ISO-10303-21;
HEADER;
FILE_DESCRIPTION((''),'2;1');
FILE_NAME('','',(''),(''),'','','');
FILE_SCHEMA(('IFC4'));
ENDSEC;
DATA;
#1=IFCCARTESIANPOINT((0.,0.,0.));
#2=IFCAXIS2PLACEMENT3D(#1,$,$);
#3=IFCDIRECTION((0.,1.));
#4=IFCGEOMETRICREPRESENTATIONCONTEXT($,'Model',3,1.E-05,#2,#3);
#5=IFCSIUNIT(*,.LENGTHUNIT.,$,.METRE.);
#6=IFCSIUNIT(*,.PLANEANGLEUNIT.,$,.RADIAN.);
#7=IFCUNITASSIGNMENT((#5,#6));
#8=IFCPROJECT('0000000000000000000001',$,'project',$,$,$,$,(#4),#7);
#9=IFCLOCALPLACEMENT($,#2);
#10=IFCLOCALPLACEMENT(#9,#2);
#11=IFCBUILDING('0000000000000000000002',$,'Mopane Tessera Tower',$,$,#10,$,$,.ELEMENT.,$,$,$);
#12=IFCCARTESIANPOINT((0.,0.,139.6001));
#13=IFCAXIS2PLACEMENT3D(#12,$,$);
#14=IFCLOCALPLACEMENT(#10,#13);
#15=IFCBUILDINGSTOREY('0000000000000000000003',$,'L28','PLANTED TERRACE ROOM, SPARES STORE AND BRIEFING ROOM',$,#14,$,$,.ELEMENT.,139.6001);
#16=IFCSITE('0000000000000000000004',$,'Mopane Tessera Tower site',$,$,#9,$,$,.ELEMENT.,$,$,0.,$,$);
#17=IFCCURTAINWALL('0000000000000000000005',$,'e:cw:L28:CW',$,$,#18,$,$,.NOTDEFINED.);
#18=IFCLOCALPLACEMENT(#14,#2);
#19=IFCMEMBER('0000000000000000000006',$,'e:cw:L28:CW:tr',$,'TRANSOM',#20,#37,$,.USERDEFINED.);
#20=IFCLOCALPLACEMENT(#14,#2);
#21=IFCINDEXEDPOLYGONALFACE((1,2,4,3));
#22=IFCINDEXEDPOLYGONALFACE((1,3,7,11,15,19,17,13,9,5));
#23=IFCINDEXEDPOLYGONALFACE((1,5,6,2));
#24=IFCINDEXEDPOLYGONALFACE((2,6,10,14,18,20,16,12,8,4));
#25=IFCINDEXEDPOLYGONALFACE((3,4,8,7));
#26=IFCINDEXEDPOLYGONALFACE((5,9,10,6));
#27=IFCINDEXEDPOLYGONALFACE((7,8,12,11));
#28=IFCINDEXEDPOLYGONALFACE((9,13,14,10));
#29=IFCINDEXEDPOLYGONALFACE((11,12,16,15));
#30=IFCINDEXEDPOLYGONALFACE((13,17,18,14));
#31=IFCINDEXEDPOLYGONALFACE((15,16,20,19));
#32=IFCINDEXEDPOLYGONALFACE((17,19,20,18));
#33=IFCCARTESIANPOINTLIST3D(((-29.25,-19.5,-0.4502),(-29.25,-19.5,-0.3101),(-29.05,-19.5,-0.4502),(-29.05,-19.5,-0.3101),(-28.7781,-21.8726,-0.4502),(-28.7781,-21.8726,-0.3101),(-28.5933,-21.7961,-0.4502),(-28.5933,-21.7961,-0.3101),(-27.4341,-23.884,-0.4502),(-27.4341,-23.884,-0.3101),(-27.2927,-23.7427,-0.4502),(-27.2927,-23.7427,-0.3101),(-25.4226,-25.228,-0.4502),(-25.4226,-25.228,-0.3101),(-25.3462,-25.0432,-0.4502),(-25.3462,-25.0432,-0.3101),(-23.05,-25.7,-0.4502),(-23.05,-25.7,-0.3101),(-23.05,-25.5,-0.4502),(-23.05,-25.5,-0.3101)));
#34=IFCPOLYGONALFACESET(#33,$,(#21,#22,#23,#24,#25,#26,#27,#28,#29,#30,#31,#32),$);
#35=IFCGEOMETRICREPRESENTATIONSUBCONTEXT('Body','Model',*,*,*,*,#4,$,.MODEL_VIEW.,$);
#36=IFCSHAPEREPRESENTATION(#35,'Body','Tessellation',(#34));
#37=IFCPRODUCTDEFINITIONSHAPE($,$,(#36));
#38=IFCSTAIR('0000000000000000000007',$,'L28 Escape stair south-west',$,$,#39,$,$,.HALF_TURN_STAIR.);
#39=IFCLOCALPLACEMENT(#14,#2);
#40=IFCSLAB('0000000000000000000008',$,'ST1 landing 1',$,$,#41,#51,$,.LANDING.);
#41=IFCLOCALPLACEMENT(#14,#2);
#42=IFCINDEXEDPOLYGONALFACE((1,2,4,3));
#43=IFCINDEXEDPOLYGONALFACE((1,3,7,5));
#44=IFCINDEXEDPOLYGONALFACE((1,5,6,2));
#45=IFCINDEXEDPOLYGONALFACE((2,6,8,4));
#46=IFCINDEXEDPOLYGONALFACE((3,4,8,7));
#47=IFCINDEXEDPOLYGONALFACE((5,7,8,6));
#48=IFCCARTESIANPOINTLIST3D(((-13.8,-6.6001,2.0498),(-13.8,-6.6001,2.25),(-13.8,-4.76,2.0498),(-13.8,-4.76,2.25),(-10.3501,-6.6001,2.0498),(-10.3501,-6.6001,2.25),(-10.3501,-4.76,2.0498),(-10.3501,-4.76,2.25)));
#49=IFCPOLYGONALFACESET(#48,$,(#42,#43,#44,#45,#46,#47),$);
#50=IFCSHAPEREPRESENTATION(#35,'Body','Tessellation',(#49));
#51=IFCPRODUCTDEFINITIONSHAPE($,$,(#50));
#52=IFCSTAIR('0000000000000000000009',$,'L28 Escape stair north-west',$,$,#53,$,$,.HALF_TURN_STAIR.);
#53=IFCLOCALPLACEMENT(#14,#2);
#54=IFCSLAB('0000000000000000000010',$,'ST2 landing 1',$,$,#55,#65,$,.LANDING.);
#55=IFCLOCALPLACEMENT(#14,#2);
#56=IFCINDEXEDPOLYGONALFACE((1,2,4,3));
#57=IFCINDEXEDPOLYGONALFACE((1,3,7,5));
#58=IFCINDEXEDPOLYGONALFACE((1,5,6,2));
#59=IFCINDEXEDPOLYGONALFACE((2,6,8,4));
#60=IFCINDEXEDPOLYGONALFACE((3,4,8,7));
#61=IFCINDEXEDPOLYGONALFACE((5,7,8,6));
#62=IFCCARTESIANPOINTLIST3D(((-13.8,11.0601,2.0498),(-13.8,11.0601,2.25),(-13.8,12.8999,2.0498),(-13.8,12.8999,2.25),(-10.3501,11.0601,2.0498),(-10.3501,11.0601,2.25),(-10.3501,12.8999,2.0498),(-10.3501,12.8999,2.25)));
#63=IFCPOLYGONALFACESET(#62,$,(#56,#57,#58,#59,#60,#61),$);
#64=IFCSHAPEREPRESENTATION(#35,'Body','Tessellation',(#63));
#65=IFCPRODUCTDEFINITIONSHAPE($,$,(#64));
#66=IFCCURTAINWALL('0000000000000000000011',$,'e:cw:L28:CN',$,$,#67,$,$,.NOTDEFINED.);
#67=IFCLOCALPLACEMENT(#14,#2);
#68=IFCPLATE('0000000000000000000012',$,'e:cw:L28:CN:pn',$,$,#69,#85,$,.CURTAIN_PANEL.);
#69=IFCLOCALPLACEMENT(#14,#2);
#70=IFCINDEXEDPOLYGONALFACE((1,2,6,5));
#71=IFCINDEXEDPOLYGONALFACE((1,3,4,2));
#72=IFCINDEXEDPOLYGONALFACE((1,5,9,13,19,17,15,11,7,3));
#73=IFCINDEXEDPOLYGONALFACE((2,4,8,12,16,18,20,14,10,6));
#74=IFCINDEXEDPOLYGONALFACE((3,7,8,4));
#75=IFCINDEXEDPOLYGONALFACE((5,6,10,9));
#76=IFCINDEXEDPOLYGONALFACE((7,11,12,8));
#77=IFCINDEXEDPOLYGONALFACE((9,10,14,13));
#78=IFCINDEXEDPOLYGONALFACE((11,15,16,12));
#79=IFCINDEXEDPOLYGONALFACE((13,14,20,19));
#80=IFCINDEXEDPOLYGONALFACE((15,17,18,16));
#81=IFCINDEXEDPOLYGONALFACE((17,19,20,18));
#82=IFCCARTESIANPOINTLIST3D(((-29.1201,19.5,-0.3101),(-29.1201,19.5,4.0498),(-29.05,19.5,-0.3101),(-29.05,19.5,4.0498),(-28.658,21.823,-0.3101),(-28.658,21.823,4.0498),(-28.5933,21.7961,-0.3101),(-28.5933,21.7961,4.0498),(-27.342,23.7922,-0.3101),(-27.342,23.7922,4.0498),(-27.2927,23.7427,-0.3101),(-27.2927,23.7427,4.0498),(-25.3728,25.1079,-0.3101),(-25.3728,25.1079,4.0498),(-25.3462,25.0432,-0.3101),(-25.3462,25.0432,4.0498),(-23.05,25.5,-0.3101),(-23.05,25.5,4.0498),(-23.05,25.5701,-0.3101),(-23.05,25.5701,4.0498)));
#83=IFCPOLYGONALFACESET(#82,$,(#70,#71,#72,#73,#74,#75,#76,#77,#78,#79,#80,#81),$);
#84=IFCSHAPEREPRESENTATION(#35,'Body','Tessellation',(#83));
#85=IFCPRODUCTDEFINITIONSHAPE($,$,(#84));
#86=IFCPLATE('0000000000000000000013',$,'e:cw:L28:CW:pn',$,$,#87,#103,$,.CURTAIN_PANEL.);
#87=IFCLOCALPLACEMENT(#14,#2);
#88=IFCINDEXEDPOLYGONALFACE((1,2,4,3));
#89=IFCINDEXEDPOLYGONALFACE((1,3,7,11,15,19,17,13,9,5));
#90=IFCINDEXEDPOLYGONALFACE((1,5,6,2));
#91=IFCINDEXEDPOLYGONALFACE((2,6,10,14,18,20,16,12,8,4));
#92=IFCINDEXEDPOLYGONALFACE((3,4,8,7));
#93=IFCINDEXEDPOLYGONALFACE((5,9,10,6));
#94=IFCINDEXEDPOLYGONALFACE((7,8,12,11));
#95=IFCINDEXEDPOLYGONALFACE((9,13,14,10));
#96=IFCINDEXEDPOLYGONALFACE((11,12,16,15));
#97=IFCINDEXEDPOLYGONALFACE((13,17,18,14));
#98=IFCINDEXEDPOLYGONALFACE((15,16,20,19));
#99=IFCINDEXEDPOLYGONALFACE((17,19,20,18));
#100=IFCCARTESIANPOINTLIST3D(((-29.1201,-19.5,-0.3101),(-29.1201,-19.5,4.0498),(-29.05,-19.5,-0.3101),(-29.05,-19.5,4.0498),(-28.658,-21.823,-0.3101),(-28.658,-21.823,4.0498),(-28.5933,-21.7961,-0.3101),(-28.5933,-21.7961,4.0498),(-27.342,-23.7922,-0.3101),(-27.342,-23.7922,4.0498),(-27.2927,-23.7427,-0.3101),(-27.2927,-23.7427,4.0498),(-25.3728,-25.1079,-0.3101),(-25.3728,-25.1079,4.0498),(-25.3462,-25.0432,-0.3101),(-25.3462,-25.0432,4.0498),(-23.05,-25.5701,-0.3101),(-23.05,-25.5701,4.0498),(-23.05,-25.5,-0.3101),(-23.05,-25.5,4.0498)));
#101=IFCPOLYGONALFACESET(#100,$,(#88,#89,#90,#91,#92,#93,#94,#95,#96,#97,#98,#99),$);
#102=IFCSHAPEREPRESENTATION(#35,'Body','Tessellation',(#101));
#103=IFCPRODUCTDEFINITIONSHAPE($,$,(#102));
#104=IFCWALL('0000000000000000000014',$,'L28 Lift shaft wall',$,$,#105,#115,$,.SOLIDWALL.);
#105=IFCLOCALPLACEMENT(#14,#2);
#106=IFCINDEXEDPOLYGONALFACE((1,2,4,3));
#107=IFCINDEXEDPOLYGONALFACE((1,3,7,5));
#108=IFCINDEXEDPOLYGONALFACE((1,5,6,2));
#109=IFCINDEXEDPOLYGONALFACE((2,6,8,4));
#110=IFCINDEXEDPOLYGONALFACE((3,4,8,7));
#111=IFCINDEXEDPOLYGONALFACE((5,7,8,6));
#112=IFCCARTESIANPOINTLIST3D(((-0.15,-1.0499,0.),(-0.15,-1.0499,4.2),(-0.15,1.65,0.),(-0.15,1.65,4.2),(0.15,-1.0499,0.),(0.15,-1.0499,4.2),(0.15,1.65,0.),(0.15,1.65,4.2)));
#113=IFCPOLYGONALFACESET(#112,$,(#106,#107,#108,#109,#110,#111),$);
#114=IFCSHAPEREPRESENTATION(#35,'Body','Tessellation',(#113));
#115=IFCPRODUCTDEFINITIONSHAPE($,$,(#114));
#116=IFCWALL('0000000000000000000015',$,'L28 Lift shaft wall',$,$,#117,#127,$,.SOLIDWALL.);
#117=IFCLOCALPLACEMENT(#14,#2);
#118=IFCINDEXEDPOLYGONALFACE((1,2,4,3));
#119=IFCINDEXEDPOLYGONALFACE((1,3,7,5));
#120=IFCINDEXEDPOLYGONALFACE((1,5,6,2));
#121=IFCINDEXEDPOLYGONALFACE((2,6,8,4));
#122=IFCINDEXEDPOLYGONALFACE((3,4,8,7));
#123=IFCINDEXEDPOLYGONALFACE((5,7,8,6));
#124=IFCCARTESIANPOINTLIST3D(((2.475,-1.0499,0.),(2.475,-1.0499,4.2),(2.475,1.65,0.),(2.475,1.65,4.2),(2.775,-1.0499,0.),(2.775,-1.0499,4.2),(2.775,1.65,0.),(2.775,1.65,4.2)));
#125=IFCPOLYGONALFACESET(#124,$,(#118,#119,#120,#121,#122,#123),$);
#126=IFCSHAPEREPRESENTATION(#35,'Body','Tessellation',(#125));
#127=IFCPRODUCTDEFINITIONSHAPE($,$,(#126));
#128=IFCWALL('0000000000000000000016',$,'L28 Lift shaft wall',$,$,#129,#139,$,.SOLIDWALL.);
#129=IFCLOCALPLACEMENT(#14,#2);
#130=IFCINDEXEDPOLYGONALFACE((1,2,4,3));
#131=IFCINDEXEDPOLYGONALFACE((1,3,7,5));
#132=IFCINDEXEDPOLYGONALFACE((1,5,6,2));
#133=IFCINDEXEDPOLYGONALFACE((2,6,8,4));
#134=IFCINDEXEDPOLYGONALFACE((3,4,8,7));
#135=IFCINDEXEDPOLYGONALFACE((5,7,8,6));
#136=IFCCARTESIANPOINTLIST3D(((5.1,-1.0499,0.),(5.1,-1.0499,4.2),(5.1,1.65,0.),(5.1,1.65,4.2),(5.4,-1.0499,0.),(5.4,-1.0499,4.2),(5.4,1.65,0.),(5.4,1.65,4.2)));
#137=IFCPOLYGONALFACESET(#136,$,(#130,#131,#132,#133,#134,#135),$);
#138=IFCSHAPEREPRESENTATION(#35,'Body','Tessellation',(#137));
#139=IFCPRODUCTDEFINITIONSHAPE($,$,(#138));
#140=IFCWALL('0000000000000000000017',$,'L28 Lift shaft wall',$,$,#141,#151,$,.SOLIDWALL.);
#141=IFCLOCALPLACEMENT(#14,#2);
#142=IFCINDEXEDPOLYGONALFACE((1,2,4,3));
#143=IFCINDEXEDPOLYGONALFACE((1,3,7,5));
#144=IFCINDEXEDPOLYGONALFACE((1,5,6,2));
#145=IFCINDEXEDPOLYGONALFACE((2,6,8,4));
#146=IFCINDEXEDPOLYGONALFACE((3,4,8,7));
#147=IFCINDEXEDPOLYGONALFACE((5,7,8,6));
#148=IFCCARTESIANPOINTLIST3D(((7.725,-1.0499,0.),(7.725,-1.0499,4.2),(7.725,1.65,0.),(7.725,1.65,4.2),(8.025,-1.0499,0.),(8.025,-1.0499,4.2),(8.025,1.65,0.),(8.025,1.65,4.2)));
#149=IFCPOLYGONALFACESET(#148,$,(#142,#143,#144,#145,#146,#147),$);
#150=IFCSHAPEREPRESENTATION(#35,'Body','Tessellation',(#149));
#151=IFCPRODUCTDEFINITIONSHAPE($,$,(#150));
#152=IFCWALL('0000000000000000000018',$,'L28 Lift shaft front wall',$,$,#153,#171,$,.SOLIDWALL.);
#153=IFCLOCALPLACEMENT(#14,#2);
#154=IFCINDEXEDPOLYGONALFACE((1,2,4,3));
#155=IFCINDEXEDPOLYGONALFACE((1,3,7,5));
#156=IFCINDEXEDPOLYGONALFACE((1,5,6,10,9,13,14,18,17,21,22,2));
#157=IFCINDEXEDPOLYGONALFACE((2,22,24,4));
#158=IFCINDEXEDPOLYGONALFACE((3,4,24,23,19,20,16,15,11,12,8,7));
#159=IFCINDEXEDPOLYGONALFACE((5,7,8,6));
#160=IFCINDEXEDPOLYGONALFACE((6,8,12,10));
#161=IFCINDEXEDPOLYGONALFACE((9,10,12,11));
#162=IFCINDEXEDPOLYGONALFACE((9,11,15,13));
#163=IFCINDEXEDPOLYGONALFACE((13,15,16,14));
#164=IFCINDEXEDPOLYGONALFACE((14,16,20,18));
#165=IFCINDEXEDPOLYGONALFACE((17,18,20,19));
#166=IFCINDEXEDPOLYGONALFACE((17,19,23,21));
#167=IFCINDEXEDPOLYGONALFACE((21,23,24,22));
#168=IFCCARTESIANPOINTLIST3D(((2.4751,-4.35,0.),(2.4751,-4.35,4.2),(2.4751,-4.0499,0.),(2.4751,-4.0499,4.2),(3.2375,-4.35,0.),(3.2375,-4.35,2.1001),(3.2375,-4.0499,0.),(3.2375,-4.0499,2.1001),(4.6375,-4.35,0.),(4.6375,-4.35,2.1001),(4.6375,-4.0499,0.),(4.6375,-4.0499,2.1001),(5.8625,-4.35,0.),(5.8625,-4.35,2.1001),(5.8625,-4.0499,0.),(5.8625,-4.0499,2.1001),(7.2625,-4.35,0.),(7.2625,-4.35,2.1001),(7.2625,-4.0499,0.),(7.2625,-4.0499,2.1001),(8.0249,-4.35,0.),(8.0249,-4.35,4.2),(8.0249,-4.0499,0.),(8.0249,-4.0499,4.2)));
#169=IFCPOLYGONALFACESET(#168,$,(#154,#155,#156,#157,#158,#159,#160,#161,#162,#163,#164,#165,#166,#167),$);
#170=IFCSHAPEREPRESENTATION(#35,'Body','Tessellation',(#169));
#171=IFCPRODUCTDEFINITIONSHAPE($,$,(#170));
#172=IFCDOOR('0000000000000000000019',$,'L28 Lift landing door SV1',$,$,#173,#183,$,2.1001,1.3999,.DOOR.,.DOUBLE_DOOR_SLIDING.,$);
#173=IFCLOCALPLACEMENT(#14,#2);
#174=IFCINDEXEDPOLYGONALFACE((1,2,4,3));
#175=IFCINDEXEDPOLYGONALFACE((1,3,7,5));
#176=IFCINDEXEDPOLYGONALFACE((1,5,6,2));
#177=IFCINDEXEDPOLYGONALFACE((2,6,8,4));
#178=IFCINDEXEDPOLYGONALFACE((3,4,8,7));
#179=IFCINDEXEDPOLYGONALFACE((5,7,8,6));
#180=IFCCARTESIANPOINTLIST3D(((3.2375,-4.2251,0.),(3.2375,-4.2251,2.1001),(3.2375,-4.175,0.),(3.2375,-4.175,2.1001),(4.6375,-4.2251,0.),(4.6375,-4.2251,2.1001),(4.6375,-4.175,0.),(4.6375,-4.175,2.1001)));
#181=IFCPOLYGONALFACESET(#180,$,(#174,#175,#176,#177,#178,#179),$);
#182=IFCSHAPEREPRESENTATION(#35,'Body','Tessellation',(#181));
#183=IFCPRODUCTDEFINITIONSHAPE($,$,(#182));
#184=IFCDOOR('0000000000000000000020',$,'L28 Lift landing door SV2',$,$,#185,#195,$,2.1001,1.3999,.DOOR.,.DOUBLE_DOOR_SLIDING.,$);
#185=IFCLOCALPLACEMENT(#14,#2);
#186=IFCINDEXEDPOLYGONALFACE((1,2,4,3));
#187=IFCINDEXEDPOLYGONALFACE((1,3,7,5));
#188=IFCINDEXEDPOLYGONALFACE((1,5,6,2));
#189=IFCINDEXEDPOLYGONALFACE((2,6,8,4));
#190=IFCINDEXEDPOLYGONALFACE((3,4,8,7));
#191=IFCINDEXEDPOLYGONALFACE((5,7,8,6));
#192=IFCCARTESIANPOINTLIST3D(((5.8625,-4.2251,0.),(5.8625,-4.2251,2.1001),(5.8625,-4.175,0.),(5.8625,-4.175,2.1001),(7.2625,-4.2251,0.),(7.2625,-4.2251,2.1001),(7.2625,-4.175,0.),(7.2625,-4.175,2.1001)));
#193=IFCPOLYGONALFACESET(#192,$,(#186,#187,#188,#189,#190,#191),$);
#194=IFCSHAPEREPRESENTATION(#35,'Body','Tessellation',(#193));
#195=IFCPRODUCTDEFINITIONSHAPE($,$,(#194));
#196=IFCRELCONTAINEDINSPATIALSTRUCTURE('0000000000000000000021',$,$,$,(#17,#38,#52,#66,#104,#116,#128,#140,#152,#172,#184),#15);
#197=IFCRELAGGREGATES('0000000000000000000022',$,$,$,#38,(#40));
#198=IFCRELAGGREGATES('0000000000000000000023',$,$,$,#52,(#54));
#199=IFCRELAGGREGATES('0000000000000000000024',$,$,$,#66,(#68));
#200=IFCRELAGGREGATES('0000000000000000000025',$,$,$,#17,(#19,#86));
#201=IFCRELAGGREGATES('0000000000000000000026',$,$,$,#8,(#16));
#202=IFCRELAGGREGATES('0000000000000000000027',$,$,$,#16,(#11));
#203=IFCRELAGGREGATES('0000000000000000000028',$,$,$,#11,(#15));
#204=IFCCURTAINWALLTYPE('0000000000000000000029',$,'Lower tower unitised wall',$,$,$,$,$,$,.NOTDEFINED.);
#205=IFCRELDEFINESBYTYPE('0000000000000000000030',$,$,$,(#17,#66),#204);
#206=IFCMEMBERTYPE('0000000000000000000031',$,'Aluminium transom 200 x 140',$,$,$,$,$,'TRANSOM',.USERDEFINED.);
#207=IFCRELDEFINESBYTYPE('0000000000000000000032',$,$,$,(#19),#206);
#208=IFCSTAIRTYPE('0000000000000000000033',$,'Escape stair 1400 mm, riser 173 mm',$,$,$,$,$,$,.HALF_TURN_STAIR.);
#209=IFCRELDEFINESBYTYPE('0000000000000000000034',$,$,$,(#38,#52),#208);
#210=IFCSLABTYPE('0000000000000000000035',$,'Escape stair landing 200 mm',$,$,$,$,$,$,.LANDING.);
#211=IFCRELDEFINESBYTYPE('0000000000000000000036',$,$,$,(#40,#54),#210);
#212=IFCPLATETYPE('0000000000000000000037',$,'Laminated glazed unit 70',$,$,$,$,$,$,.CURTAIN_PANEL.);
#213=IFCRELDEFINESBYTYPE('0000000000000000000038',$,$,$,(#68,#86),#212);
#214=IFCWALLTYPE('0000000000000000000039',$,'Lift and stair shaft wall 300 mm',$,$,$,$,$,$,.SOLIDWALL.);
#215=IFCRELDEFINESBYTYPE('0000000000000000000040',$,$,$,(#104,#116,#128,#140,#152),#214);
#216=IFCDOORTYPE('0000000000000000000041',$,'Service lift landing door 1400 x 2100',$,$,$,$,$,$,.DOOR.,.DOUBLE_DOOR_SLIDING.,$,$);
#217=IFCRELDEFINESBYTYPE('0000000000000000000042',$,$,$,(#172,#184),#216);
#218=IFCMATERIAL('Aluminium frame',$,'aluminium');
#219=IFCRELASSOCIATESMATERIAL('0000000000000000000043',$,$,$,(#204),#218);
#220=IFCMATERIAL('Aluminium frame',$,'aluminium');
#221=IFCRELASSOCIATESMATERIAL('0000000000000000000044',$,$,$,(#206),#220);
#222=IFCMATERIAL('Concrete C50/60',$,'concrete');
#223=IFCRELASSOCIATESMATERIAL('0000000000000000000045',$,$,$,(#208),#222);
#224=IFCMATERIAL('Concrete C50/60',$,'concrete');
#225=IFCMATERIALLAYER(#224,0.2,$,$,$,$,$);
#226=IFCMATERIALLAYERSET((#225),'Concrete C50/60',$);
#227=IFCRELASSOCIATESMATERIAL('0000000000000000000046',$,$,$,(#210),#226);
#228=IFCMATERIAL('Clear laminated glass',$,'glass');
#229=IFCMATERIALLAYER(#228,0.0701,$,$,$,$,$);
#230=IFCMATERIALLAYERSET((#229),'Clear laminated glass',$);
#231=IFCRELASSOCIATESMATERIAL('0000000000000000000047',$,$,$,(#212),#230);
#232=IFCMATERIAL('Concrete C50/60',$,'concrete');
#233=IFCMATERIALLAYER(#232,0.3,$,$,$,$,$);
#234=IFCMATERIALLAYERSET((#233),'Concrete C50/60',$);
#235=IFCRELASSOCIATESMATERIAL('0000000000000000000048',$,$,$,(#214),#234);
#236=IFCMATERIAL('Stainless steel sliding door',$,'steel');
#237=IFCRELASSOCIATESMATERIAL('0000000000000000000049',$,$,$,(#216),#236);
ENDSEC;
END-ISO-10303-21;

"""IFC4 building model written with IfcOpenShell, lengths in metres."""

from ifc_helpers import new_model, si_unit, direction, frame, frame_2d, origin, origin_2d, place, context, subcontext, project, spatial, polyline, rectangle, outline, extrude, material, layer, layer_set, material_profile, profile_set, type_object, element, fill, aggregate, save


model = new_model("IFC4")

# Units and contexts
model_context = context("Model", 3, precision=1e-05, world=origin(), true_north=direction((0.0, 1.0)))
body_context = subcontext(model_context, "Body", "Model", "MODEL_VIEW")
ifc_project = project(units=[si_unit("LENGTHUNIT", "METRE"), si_unit("PLANEANGLEUNIT", "RADIAN")], contexts=[model_context])

# Site, building, storey
site_placement = place(None, origin())
site = spatial("IfcSite", under=ifc_project, at=site_placement, Name="Mopane Tessera Tower site", CompositionType="ELEMENT", RefElevation=0.0)
building_placement = place(site_placement, origin())
building = spatial("IfcBuilding", under=site, at=building_placement, Name="Mopane Tessera Tower", CompositionType="ELEMENT")
storey_placement = place(building_placement, frame((0.0, 0.0, 139.6001)))
storey = spatial("IfcBuildingStorey", under=building, at=storey_placement, Name="L28", Description="PLANTED TERRACE ROOM, SPARES STORE AND BRIEFING ROOM", CompositionType="ELEMENT", Elevation=139.6001)

# Curtain wall, member
ifc_material_1 = material(Name="Aluminium frame", Category="aluminium")
curtain_wall_type = type_object("IfcCurtainWallType", Name="Lower tower unitised wall", PredefinedType="NOTDEFINED", material=ifc_material_1)
curtain_wall_1_placement = place(storey_placement, origin())
curtain_wall_1 = element("IfcCurtainWall", 1, at=curtain_wall_1_placement, inside=storey, type_object=curtain_wall_type, Name="e:cw:L28:CW", PredefinedType="NOTDEFINED")
ifc_material_2 = material(Name="Aluminium frame", Category="aluminium")
ifc_material_profile = material_profile(ifc_material_2, rectangle(XDim=0.2, YDim=0.1399, at=origin_2d()))
ifc_profile_set = profile_set([ifc_material_profile], Name="Aluminium frame")
member_type = type_object("IfcMemberType", Name="Aluminium transom 200 x 140", ElementType="TRANSOM", PredefinedType="USERDEFINED", material=ifc_profile_set)
member_placement = place(storey_placement, frame((0.0, 0.0, -0.4502)))
member = element("IfcMember", 2, at=member_placement, type_object=member_type, Name="e:cw:L28:CW:tr", ObjectType="TRANSOM", PredefinedType="USERDEFINED", context=body_context, shape_type="SweptSolid", body=[
    extrude(outline(polyline([(-29.05, -19.5), (-28.5933, -21.7961), (-27.2927, -23.7427), (-25.3462, -25.0432), (-23.05, -25.5), (-23.05, -25.7), (-25.4226, -25.228), (-27.4341, -23.884), (-28.7781, -21.8726), (-29.25, -19.5), (-29.05, -19.5)])), origin(), (0.0, 0.0, 1.0), 0.1401),
])

# Stairs, slabs
ifc_material_3 = material(Name="Concrete C50/60", Category="concrete")
stair_type = type_object("IfcStairType", Name="Escape stair 1400 mm, riser 173 mm", PredefinedType="HALF_TURN_STAIR", material=ifc_material_3)
stair_1_placement = place(storey_placement, origin())
stair_1 = element("IfcStair", 3, at=stair_1_placement, inside=storey, type_object=stair_type, Name="L28 Escape stair south-west", PredefinedType="HALF_TURN_STAIR")
ifc_material_4 = material(Name="Concrete C50/60", Category="concrete")
ifc_layer_1 = layer(ifc_material_4, 0.2)
ifc_layer_set_1 = layer_set([ifc_layer_1], Name="Concrete C50/60")
slab_type = type_object("IfcSlabType", Name="Escape stair landing 200 mm", PredefinedType="LANDING", material=ifc_layer_set_1)
slab_1_placement = place(storey_placement, frame((0.0, 0.0, 2.0498)))
slab_1 = element("IfcSlab", 4, at=slab_1_placement, type_object=slab_type, Name="ST1 landing 1", PredefinedType="LANDING", context=body_context, shape_type="SweptSolid", body=[
    extrude(outline(polyline([(-13.8, -4.76), (-13.8, -6.6001), (-10.3501, -6.6001), (-10.3501, -4.76), (-13.8, -4.76)])), origin(), (0.0, 0.0, 1.0), 0.2002),
])
aggregate(stair_1, [slab_1])
stair_2_placement = place(storey_placement, origin())
stair_2 = element("IfcStair", 5, at=stair_2_placement, inside=storey, type_object=stair_type, Name="L28 Escape stair north-west", PredefinedType="HALF_TURN_STAIR")
slab_2_placement = place(storey_placement, frame((0.0, 0.0, 2.0498)))
slab_2 = element("IfcSlab", 6, at=slab_2_placement, type_object=slab_type, Name="ST2 landing 1", PredefinedType="LANDING", context=body_context, shape_type="SweptSolid", body=[
    extrude(outline(polyline([(-10.3501, 11.0601), (-10.3501, 12.8999), (-13.8, 12.8999), (-13.8, 11.0601), (-10.3501, 11.0601)])), origin(), (0.0, 0.0, 1.0), 0.2002),
])
aggregate(stair_2, [slab_2])

# Curtain wall, plate
curtain_wall_2_placement = place(storey_placement, origin())
curtain_wall_2 = element("IfcCurtainWall", 7, at=curtain_wall_2_placement, inside=storey, type_object=curtain_wall_type, Name="e:cw:L28:CN", PredefinedType="NOTDEFINED")
ifc_material_5 = material(Name="Clear laminated glass", Category="glass")
ifc_layer_2 = layer(ifc_material_5, 0.0701)
ifc_layer_set_2 = layer_set([ifc_layer_2], Name="Clear laminated glass")
plate_type = type_object("IfcPlateType", Name="Laminated glazed unit 70", PredefinedType="CURTAIN_PANEL", material=ifc_layer_set_2)
plate_1_placement = place(storey_placement, frame((0.0, 0.0, -0.3101)))
plate_1 = element("IfcPlate", 8, at=plate_1_placement, type_object=plate_type, Name="e:cw:L28:CN:pn", PredefinedType="CURTAIN_PANEL", context=body_context, shape_type="SweptSolid", body=[
    extrude(outline(polyline([(-23.05, 25.5), (-25.3462, 25.0432), (-27.2927, 23.7427), (-28.5933, 21.7961), (-29.05, 19.5), (-29.1201, 19.5), (-28.658, 21.823), (-27.342, 23.7922), (-25.3728, 25.1079), (-23.05, 25.5701), (-23.05, 25.5)])), origin(), (0.0, 0.0, 1.0), 4.3599),
])
aggregate(curtain_wall_2, [plate_1])

# Plate
plate_2_placement = place(storey_placement, frame((0.0, 0.0, -0.3101)))
plate_2 = element("IfcPlate", 9, at=plate_2_placement, type_object=plate_type, Name="e:cw:L28:CW:pn", PredefinedType="CURTAIN_PANEL", context=body_context, shape_type="SweptSolid", body=[
    extrude(outline(polyline([(-29.05, -19.5), (-28.5933, -21.7961), (-27.2927, -23.7427), (-25.3462, -25.0432), (-23.05, -25.5), (-23.05, -25.5701), (-25.3728, -25.1079), (-27.342, -23.7922), (-28.658, -21.823), (-29.1201, -19.5), (-29.05, -19.5)])), origin(), (0.0, 0.0, 1.0), 4.3599),
])
aggregate(curtain_wall_1, [member, plate_2])

# Walls
ifc_material_6 = material(Name="Concrete C50/60", Category="concrete")
ifc_layer_3 = layer(ifc_material_6, 0.3)
ifc_layer_set_3 = layer_set([ifc_layer_3], Name="Concrete C50/60")
wall_type = type_object("IfcWallType", Name="Lift and stair shaft wall 300 mm", PredefinedType="SOLIDWALL", material=ifc_layer_set_3)
for number, where, z_axis, x_axis, name in (
    (10, (0.0, -1.05, 0.0), (0.0, 0.0, 1.0), (0.0, 1.0, 0.0), "L28 Lift shaft wall"),
    (11, (2.625, -1.05, 0.0), (0.0, 0.0, 1.0), (0.0, 1.0, 0.0), "L28 Lift shaft wall"),
    (12, (5.25, -1.05, 0.0), (0.0, 0.0, 1.0), (0.0, 1.0, 0.0), "L28 Lift shaft wall"),
    (13, (7.875, -1.05, 0.0), (0.0, 0.0, 1.0), (0.0, 1.0, 0.0), "L28 Lift shaft wall"),
):
    element("IfcWall", number, at=place(storey_placement, frame(where, z_axis=z_axis, x_axis=x_axis)), inside=storey, type_object=wall_type, Name=name, PredefinedType="SOLIDWALL", context=body_context, shape_type="SweptSolid", body=[
        extrude(rectangle(XDim=2.7, YDim=0.3, at=frame_2d((1.3501, 0.0))), origin(), (0.0, 0.0, 1.0), 4.2),
    ])

# Wall, openings, doors
wall_placement = place(storey_placement, frame((2.4751, -4.2, 0.0), z_axis=(0.0, 0.0, 1.0), x_axis=(1.0, 0.0, 0.0)))
wall = element("IfcWall", 14, at=wall_placement, inside=storey, type_object=wall_type, Name="L28 Lift shaft front wall", PredefinedType="SOLIDWALL", context=body_context, shape_type="SweptSolid", body=[
    extrude(rectangle(XDim=5.5498, YDim=0.3, at=frame_2d((2.7749, 0.0))), origin(), (0.0, 0.0, 1.0), 4.2),
])
opening_1_placement = place(wall_placement, frame((0.7625, 0.0, 0.0)))
opening_1 = element("IfcOpeningElement", 15, at=opening_1_placement, cuts=wall, PredefinedType="OPENING", context=body_context, shape_type="SweptSolid", body=[
    extrude(rectangle(XDim=1.3999, YDim=2.1001, at=frame_2d((0.7, 1.05))), frame((0.0, 0.1621, 0.0), z_axis=(0.0, -1.0, 0.0), x_axis=(1.0, 0.0, 0.0)), (0.0, 0.0, 1.0), 0.324),
])
opening_2_placement = place(wall_placement, frame((3.3875, 0.0, 0.0)))
opening_2 = element("IfcOpeningElement", 16, at=opening_2_placement, cuts=wall, PredefinedType="OPENING", context=body_context, shape_type="SweptSolid", body=[
    extrude(rectangle(XDim=1.3999, YDim=2.1001, at=frame_2d((0.7, 1.05))), frame((0.0, 0.1621, 0.0), z_axis=(0.0, -1.0, 0.0), x_axis=(1.0, 0.0, 0.0)), (0.0, 0.0, 1.0), 0.324),
])
ifc_material_7 = material(Name="Stainless steel sliding door", Category="steel")
door_type = type_object("IfcDoorType", Name="Service lift landing door 1400 x 2100", OperationType="DOUBLE_DOOR_SLIDING", PredefinedType="DOOR", material=ifc_material_7)
door_1_placement = place(opening_1_placement, origin())
door_1 = element("IfcDoor", 17, at=door_1_placement, inside=storey, type_object=door_type, Name="L28 Lift landing door SV1", OperationType="DOUBLE_DOOR_SLIDING", OverallHeight=2.1001, OverallWidth=1.3999, PredefinedType="DOOR", context=body_context, shape_type="SweptSolid", body=[
    extrude(rectangle(XDim=1.3999, YDim=2.1001, at=frame_2d((0.7, 1.05))), frame((0.0, 0.0249, 0.0), z_axis=(0.0, -1.0, 0.0), x_axis=(1.0, 0.0, 0.0)), (0.0, 0.0, 1.0), 0.05),
])
fill(opening_1, door_1)
door_2_placement = place(opening_2_placement, origin())
door_2 = element("IfcDoor", 18, at=door_2_placement, inside=storey, type_object=door_type, Name="L28 Lift landing door SV2", OperationType="DOUBLE_DOOR_SLIDING", OverallHeight=2.1001, OverallWidth=1.3999, PredefinedType="DOOR", context=body_context, shape_type="SweptSolid", body=[
    extrude(rectangle(XDim=1.3999, YDim=2.1001, at=frame_2d((0.7, 1.05))), frame((0.0, 0.0249, 0.0), z_axis=(0.0, -1.0, 0.0), x_axis=(1.0, 0.0, 0.0)), (0.0, 0.0, 1.0), 0.05),
])
fill(opening_2, door_2)

save(model, "model.ifc")
